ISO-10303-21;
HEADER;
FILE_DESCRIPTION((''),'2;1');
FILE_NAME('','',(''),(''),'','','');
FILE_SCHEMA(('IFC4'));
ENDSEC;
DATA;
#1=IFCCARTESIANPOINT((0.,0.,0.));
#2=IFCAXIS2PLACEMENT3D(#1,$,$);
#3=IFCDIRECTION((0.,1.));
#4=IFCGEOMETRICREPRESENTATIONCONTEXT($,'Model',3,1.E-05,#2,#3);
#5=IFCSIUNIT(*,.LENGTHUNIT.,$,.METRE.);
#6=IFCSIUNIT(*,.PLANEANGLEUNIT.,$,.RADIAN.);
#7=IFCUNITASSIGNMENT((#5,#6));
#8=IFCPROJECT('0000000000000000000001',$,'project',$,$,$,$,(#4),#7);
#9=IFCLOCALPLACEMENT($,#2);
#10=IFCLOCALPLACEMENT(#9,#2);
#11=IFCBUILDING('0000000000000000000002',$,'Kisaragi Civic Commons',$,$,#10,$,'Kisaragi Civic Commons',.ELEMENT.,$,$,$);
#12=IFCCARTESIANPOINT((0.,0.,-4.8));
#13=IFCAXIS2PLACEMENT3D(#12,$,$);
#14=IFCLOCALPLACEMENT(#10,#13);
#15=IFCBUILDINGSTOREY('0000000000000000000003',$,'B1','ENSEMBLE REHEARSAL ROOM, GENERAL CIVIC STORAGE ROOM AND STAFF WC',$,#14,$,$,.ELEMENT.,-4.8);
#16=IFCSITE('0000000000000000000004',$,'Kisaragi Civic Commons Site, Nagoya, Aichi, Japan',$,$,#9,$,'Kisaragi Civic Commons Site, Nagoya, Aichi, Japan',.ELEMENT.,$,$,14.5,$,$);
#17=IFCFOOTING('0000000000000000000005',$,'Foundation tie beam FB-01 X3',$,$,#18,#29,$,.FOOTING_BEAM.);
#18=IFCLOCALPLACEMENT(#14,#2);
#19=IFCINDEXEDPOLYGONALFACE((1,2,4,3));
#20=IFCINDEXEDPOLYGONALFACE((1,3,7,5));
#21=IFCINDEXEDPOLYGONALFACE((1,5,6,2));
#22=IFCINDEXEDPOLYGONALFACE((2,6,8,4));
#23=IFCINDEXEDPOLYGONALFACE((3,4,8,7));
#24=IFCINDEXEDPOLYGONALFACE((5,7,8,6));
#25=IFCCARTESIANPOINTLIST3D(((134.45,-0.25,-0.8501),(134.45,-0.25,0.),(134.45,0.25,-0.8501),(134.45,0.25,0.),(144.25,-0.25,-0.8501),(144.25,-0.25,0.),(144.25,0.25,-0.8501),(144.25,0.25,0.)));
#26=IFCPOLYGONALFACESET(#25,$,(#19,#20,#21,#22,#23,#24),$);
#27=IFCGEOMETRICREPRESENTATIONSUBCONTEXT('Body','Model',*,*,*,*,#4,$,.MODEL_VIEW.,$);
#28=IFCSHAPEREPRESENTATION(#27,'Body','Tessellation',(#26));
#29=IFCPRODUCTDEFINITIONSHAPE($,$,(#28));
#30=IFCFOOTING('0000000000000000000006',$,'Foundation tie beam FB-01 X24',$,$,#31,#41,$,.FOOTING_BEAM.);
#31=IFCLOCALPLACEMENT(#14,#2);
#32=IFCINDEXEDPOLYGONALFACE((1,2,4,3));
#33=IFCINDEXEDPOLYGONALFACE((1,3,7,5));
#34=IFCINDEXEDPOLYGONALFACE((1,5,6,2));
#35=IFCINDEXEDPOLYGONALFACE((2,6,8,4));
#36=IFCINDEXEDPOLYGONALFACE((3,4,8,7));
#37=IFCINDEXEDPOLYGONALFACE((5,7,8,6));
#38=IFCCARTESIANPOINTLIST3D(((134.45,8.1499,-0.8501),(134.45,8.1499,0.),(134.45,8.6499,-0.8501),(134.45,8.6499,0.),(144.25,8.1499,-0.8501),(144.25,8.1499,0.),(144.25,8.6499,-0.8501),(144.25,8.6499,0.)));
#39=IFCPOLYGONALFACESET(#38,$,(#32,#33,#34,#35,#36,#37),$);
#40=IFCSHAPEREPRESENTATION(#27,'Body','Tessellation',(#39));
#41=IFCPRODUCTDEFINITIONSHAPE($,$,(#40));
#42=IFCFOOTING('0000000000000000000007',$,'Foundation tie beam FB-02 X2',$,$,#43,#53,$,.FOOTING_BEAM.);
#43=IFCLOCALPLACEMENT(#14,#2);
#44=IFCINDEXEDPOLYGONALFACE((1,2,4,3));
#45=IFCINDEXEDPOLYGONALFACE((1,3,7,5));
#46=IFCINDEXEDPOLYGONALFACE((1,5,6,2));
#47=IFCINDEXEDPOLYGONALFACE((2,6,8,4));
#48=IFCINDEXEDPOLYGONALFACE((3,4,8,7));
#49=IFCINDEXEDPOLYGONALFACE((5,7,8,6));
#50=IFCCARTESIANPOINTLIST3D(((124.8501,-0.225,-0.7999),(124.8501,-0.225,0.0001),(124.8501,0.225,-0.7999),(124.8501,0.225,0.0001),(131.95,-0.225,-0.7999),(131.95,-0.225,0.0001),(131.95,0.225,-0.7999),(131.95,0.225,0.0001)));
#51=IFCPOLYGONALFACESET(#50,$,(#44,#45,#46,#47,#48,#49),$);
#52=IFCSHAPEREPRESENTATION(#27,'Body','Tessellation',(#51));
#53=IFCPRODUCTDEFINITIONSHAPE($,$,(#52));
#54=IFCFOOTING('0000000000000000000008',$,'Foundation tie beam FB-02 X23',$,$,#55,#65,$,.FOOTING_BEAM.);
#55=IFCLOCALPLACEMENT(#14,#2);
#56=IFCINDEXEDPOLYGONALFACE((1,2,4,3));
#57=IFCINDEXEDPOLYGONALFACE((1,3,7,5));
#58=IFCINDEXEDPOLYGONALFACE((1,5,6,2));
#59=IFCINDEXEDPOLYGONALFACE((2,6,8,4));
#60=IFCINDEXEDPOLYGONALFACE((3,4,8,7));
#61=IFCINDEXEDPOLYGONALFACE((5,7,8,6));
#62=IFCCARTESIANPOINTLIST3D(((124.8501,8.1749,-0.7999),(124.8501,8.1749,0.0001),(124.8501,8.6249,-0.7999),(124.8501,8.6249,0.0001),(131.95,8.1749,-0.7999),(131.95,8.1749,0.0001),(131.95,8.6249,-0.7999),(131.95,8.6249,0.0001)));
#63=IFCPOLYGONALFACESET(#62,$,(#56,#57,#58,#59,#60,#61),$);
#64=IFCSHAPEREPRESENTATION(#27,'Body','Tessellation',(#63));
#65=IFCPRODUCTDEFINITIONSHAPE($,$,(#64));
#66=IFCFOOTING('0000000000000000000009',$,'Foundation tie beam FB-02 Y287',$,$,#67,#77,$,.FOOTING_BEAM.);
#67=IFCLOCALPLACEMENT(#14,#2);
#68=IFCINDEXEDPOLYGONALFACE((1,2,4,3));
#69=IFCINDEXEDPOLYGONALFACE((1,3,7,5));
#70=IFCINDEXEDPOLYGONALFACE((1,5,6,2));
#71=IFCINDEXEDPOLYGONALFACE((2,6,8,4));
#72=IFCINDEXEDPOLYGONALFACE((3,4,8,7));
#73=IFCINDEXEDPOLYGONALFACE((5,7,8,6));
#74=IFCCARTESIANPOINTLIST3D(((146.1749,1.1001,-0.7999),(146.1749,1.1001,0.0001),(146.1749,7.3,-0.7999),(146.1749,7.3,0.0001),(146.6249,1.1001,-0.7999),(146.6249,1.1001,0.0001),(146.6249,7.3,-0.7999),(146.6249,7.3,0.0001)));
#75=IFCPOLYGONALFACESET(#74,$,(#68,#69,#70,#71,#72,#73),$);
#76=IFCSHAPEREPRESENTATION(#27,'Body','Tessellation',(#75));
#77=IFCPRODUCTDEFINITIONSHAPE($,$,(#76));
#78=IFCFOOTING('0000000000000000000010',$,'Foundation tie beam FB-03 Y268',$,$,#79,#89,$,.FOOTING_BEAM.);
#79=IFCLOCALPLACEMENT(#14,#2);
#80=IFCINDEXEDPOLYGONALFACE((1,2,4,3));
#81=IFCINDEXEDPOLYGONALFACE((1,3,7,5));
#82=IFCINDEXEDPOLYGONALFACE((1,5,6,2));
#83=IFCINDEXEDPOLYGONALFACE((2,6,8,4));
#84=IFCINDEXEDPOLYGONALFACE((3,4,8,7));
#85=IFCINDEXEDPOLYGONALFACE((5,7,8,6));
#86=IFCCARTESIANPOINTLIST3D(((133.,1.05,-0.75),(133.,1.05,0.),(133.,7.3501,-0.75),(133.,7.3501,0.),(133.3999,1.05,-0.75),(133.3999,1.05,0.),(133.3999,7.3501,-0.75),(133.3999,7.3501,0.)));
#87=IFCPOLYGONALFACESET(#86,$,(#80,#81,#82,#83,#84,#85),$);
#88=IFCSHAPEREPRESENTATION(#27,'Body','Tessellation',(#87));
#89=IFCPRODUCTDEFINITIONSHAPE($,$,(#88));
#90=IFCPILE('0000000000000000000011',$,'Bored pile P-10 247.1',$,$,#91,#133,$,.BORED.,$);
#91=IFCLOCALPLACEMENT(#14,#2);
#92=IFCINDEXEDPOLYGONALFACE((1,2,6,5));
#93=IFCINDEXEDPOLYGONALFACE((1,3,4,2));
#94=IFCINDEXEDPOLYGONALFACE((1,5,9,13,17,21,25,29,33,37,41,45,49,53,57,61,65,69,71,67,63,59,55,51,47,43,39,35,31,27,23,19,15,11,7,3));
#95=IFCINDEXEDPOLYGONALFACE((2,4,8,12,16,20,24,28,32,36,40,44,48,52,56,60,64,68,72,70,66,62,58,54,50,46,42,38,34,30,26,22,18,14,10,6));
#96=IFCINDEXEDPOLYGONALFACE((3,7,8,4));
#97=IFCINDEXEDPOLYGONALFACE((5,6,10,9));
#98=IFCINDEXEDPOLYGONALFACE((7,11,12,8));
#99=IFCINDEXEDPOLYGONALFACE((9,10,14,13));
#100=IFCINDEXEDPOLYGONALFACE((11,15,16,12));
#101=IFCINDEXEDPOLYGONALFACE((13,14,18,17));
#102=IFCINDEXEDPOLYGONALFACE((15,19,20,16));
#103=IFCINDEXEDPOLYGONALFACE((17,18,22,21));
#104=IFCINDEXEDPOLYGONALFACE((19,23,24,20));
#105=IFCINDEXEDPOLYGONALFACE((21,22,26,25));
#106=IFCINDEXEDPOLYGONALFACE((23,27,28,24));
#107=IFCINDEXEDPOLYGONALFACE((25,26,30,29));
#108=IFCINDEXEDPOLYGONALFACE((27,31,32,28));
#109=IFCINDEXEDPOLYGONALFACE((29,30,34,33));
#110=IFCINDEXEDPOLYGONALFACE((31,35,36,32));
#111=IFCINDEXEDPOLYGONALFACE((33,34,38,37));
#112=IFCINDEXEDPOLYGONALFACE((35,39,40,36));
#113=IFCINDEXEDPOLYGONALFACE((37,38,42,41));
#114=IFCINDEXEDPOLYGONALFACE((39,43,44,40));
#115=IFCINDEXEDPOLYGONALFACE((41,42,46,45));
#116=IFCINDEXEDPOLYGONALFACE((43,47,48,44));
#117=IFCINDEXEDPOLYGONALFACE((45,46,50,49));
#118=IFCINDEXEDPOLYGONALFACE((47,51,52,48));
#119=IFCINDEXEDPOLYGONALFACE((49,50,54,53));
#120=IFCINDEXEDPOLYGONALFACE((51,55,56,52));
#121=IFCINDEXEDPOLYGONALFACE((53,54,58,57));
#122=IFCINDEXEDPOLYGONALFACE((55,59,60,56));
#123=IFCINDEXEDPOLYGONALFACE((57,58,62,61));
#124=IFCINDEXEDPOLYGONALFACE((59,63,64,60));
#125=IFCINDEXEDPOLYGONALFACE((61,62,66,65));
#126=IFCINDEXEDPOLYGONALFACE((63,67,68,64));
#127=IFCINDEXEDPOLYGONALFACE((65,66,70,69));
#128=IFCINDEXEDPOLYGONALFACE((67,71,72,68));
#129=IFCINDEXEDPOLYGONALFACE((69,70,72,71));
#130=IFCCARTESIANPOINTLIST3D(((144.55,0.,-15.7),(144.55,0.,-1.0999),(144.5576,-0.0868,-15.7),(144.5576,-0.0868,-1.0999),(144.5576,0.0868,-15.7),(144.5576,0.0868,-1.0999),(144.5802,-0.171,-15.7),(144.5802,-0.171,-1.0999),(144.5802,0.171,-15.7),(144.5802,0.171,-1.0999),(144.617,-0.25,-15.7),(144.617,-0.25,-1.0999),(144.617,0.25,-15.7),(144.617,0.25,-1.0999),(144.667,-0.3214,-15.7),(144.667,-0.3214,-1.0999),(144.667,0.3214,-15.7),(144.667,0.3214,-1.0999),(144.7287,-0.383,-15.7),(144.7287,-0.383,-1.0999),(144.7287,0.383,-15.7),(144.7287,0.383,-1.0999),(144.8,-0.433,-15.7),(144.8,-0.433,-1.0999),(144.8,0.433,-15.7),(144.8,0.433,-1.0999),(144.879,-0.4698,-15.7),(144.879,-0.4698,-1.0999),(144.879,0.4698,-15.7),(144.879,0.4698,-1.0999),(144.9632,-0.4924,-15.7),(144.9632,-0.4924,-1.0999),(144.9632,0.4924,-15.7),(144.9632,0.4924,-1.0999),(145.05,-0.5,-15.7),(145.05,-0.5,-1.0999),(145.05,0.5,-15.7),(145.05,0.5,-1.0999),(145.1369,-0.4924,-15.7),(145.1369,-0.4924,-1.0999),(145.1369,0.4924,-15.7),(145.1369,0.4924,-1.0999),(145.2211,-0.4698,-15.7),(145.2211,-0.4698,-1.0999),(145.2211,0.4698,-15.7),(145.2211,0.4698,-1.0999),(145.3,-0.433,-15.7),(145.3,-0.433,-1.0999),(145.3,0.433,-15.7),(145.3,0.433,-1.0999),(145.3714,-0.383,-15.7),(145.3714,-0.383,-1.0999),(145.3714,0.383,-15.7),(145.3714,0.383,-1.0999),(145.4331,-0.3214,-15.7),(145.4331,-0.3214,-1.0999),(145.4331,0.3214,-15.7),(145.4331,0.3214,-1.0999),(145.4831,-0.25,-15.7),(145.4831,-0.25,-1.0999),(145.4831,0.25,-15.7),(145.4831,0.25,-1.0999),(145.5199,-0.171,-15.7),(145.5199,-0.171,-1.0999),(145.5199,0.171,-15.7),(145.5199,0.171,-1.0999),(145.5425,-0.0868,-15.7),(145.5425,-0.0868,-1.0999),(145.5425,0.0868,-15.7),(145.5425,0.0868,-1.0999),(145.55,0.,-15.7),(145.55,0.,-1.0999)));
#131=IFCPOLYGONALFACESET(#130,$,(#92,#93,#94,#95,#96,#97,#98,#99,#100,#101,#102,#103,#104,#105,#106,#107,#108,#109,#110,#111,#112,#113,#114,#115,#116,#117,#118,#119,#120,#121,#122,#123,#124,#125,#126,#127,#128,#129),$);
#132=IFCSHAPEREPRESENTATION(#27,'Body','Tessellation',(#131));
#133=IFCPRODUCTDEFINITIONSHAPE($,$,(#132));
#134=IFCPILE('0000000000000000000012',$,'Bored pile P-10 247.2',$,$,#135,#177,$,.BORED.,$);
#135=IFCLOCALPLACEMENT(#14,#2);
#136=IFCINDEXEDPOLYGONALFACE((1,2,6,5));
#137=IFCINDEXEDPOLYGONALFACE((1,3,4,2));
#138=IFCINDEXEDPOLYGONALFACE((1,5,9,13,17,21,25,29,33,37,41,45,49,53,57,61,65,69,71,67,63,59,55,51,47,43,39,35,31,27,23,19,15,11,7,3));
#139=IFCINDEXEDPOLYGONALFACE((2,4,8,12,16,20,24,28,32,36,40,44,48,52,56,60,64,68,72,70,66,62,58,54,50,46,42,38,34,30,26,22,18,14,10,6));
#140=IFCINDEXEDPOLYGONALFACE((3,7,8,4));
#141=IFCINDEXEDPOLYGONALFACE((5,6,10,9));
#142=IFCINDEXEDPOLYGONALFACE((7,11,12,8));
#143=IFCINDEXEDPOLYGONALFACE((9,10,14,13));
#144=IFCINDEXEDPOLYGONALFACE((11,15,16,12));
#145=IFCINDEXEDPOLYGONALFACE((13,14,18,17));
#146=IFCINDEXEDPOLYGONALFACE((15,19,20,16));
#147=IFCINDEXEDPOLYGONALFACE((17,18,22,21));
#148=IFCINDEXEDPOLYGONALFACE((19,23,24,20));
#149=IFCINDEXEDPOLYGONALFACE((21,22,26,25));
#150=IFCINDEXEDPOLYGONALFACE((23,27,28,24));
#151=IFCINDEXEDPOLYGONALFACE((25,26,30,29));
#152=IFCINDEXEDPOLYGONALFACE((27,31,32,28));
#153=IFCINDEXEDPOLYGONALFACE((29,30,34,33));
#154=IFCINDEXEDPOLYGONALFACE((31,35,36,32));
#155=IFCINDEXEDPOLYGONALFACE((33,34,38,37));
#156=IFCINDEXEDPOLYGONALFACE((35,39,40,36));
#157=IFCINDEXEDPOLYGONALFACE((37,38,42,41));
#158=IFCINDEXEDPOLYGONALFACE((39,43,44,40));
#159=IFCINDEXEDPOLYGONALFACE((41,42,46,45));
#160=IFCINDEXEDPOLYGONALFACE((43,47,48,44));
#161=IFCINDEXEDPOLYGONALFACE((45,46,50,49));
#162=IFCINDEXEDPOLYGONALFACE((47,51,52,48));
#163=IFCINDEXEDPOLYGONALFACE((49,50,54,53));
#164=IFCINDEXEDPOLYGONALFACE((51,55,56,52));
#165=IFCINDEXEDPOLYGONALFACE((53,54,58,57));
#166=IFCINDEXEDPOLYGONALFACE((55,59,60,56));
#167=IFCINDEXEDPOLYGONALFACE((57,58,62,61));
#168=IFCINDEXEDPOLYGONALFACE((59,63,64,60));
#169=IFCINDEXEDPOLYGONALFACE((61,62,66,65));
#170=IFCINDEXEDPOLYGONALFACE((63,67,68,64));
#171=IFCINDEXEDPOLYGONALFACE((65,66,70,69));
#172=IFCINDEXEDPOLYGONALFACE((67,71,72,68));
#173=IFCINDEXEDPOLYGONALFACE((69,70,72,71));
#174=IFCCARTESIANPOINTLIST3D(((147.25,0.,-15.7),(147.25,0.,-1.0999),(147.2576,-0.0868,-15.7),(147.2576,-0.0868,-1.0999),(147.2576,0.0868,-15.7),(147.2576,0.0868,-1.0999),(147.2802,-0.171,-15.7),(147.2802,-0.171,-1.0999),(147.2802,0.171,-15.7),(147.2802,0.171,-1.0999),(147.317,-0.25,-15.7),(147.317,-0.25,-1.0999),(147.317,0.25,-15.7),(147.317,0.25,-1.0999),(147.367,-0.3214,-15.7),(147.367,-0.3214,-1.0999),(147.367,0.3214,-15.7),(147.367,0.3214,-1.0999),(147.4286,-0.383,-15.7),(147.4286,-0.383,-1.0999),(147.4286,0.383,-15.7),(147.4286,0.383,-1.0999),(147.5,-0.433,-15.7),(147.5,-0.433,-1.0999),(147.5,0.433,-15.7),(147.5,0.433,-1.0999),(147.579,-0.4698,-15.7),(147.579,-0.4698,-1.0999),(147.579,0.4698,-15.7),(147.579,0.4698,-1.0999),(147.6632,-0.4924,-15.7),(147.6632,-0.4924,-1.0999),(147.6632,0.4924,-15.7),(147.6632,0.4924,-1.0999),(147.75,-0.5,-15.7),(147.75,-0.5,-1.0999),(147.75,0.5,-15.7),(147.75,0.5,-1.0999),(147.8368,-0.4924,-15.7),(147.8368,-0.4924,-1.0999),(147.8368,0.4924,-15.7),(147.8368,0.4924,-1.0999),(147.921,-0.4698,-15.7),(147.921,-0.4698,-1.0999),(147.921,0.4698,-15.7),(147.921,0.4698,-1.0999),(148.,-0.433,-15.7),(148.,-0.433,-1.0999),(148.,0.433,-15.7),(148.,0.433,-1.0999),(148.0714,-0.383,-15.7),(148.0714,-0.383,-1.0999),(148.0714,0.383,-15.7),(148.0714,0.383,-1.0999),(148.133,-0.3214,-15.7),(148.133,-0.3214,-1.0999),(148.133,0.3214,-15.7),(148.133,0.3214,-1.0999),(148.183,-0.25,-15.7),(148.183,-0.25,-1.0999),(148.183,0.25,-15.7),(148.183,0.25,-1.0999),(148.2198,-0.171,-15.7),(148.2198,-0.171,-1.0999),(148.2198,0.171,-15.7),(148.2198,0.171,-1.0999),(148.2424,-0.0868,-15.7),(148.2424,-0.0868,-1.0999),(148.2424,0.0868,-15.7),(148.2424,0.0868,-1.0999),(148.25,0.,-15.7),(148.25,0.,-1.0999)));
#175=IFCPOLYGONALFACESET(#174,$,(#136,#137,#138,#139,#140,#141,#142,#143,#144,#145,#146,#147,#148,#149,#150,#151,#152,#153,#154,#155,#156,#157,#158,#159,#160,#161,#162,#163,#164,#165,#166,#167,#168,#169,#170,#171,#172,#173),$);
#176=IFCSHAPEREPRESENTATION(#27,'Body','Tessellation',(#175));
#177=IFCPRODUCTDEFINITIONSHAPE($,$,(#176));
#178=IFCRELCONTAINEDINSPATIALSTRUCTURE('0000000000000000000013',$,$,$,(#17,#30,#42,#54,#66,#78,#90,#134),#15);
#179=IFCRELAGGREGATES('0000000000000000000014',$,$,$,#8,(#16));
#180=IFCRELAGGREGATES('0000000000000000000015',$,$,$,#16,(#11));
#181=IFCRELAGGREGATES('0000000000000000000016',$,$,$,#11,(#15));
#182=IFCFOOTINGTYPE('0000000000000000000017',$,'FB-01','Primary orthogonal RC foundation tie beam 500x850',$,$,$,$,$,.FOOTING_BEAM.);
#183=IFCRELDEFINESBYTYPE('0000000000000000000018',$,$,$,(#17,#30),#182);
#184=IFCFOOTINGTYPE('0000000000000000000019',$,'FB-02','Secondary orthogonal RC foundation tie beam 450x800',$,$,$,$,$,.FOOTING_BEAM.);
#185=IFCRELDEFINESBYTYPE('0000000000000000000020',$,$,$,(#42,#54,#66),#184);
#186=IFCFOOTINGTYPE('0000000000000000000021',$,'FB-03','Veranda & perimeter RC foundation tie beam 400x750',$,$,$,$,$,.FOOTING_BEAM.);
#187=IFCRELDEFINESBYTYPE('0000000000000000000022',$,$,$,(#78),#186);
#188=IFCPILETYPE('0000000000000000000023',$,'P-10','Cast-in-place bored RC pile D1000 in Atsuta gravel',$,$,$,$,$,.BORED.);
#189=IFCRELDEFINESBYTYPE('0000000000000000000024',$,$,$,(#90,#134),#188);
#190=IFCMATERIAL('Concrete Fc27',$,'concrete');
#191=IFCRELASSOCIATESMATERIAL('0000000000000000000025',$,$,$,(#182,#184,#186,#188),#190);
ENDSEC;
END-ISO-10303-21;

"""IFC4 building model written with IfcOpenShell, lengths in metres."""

from ifc_helpers import new_model, si_unit, direction, frame, origin, origin_2d, place, context, subcontext, project, spatial, rectangle, circle, extrude, material, material_profile, profile_set, type_object, element, save


model = new_model("IFC4")

# Units and contexts
model_context = context("Model", 3, precision=1e-05, world=origin(), true_north=direction((0.0, 1.0)))
body_context = subcontext(model_context, "Body", "Model", "MODEL_VIEW")
ifc_project = project(units=[si_unit("LENGTHUNIT", "METRE"), si_unit("PLANEANGLEUNIT", "RADIAN")], contexts=[model_context])

# Site, building, storey
site_placement = place(None, origin())
site = spatial("IfcSite", under=ifc_project, at=site_placement, Name="Kisaragi Civic Commons Site, Nagoya, Aichi, Japan", LongName="Kisaragi Civic Commons Site, Nagoya, Aichi, Japan", CompositionType="ELEMENT", RefElevation=14.5)
building_placement = place(site_placement, origin())
building = spatial("IfcBuilding", under=site, at=building_placement, Name="Kisaragi Civic Commons", LongName="Kisaragi Civic Commons", CompositionType="ELEMENT")
storey_placement = place(building_placement, frame((0.0, 0.0, -4.8)))
storey = spatial("IfcBuildingStorey", under=building, at=storey_placement, Name="B1", Description="ENSEMBLE REHEARSAL ROOM, GENERAL CIVIC STORAGE ROOM AND STAFF WC", CompositionType="ELEMENT", Elevation=-4.8)

# Footings
ifc_material_1 = material(Name="Concrete Fc27", Category="concrete")
ifc_material_profile_1 = material_profile(ifc_material_1, rectangle(XDim=0.5, YDim=0.8501, at=origin_2d()), Name="RC-500x850", Category="concrete")
ifc_profile_set_1 = profile_set([ifc_material_profile_1], Name="Concrete Fc27")
footing_type_1 = type_object("IfcFootingType", Name="FB-01", Description="Primary orthogonal RC foundation tie beam 500x850", PredefinedType="FOOTING_BEAM", material=ifc_profile_set_1)
for number, where, z_axis, x_axis, name in (
    (1, (134.45, 0.0, -0.425), (1.0, 0.0, 0.0), (0.0, 1.0, 0.0), "Foundation tie beam FB-01 X3"),
    (2, (134.45, 8.3999, -0.425), (1.0, 0.0, 0.0), (0.0, 1.0, 0.0), "Foundation tie beam FB-01 X24"),
):
    element("IfcFooting", number, at=place(storey_placement, frame(where, z_axis=z_axis, x_axis=x_axis)), inside=storey, type_object=footing_type_1, Name=name, PredefinedType="FOOTING_BEAM", context=body_context, shape_type="SweptSolid", body=[
        extrude(rectangle(XDim=0.5, YDim=0.8501, at=origin_2d()), origin(), (0.0, 0.0, 1.0), 9.8),
    ])
ifc_material_profile_2 = material_profile(ifc_material_1, rectangle(XDim=0.45, YDim=0.8, at=origin_2d()), Name="RC-450x800", Category="concrete")
ifc_profile_set_2 = profile_set([ifc_material_profile_2], Name="Concrete Fc27")
footing_type_2 = type_object("IfcFootingType", Name="FB-02", Description="Secondary orthogonal RC foundation tie beam 450x800", PredefinedType="FOOTING_BEAM", material=ifc_profile_set_2)
for number, where, z_axis, x_axis, name in (
    (3, (124.8501, 0.0, -0.3999), (1.0, 0.0, 0.0), (0.0, 1.0, 0.0), "Foundation tie beam FB-02 X2"),
    (4, (124.8501, 8.3999, -0.3999), (1.0, 0.0, 0.0), (0.0, 1.0, 0.0), "Foundation tie beam FB-02 X23"),
):
    element("IfcFooting", number, at=place(storey_placement, frame(where, z_axis=z_axis, x_axis=x_axis)), inside=storey, type_object=footing_type_2, Name=name, PredefinedType="FOOTING_BEAM", context=body_context, shape_type="SweptSolid", body=[
        extrude(rectangle(XDim=0.45, YDim=0.8, at=origin_2d()), origin(), (0.0, 0.0, 1.0), 7.0999),
    ])
footing_1_placement = place(storey_placement, frame((146.3999, 1.1001, -0.3999), z_axis=(0.0, 1.0, 0.0), x_axis=(-1.0, 0.0, 0.0)))
element("IfcFooting", 5, at=footing_1_placement, inside=storey, type_object=footing_type_2, Name="Foundation tie beam FB-02 Y287", PredefinedType="FOOTING_BEAM", context=body_context, shape_type="SweptSolid", body=[
    extrude(rectangle(XDim=0.45, YDim=0.8, at=origin_2d()), origin(), (0.0, 0.0, 1.0), 6.2),
])
ifc_material_profile_3 = material_profile(ifc_material_1, rectangle(XDim=0.3999, YDim=0.75, at=origin_2d()), Name="RC-400x750", Category="concrete")
ifc_profile_set_3 = profile_set([ifc_material_profile_3], Name="Concrete Fc27")
footing_type_3 = type_object("IfcFootingType", Name="FB-03", Description="Veranda & perimeter RC foundation tie beam 400x750", PredefinedType="FOOTING_BEAM", material=ifc_profile_set_3)
footing_2_placement = place(storey_placement, frame((133.2, 1.05, -0.375), z_axis=(0.0, 1.0, 0.0), x_axis=(-1.0, 0.0, 0.0)))
element("IfcFooting", 6, at=footing_2_placement, inside=storey, type_object=footing_type_3, Name="Foundation tie beam FB-03 Y268", PredefinedType="FOOTING_BEAM", context=body_context, shape_type="SweptSolid", body=[
    extrude(rectangle(XDim=0.3999, YDim=0.75, at=origin_2d()), origin(), (0.0, 0.0, 1.0), 6.3),
])

# Piles
ifc_material_profile_4 = material_profile(ifc_material_1, circle(Radius=0.5, at=origin_2d()), Name="PILE-D1000", Category="concrete")
ifc_profile_set_4 = profile_set([ifc_material_profile_4], Name="Concrete Fc27")
pile_type = type_object("IfcPileType", Name="P-10", Description="Cast-in-place bored RC pile D1000 in Atsuta gravel", PredefinedType="BORED", material=ifc_profile_set_4)
for number, where, z_axis, x_axis, name in (
    (7, (145.05, 0.0, -1.0999), (0.0, 0.0, -1.0), (1.0, 0.0, 0.0), "Bored pile P-10 247.1"),
    (8, (147.75, 0.0, -1.0999), (0.0, 0.0, -1.0), (1.0, 0.0, 0.0), "Bored pile P-10 247.2"),
):
    element("IfcPile", number, at=place(storey_placement, frame(where, z_axis=z_axis, x_axis=x_axis)), inside=storey, type_object=pile_type, Name=name, PredefinedType="BORED", context=body_context, shape_type="SweptSolid", body=[
        extrude(circle(Radius=0.5, at=origin_2d()), origin(), (0.0, 0.0, 1.0), 14.6001),
    ])

save(model, "model.ifc")
